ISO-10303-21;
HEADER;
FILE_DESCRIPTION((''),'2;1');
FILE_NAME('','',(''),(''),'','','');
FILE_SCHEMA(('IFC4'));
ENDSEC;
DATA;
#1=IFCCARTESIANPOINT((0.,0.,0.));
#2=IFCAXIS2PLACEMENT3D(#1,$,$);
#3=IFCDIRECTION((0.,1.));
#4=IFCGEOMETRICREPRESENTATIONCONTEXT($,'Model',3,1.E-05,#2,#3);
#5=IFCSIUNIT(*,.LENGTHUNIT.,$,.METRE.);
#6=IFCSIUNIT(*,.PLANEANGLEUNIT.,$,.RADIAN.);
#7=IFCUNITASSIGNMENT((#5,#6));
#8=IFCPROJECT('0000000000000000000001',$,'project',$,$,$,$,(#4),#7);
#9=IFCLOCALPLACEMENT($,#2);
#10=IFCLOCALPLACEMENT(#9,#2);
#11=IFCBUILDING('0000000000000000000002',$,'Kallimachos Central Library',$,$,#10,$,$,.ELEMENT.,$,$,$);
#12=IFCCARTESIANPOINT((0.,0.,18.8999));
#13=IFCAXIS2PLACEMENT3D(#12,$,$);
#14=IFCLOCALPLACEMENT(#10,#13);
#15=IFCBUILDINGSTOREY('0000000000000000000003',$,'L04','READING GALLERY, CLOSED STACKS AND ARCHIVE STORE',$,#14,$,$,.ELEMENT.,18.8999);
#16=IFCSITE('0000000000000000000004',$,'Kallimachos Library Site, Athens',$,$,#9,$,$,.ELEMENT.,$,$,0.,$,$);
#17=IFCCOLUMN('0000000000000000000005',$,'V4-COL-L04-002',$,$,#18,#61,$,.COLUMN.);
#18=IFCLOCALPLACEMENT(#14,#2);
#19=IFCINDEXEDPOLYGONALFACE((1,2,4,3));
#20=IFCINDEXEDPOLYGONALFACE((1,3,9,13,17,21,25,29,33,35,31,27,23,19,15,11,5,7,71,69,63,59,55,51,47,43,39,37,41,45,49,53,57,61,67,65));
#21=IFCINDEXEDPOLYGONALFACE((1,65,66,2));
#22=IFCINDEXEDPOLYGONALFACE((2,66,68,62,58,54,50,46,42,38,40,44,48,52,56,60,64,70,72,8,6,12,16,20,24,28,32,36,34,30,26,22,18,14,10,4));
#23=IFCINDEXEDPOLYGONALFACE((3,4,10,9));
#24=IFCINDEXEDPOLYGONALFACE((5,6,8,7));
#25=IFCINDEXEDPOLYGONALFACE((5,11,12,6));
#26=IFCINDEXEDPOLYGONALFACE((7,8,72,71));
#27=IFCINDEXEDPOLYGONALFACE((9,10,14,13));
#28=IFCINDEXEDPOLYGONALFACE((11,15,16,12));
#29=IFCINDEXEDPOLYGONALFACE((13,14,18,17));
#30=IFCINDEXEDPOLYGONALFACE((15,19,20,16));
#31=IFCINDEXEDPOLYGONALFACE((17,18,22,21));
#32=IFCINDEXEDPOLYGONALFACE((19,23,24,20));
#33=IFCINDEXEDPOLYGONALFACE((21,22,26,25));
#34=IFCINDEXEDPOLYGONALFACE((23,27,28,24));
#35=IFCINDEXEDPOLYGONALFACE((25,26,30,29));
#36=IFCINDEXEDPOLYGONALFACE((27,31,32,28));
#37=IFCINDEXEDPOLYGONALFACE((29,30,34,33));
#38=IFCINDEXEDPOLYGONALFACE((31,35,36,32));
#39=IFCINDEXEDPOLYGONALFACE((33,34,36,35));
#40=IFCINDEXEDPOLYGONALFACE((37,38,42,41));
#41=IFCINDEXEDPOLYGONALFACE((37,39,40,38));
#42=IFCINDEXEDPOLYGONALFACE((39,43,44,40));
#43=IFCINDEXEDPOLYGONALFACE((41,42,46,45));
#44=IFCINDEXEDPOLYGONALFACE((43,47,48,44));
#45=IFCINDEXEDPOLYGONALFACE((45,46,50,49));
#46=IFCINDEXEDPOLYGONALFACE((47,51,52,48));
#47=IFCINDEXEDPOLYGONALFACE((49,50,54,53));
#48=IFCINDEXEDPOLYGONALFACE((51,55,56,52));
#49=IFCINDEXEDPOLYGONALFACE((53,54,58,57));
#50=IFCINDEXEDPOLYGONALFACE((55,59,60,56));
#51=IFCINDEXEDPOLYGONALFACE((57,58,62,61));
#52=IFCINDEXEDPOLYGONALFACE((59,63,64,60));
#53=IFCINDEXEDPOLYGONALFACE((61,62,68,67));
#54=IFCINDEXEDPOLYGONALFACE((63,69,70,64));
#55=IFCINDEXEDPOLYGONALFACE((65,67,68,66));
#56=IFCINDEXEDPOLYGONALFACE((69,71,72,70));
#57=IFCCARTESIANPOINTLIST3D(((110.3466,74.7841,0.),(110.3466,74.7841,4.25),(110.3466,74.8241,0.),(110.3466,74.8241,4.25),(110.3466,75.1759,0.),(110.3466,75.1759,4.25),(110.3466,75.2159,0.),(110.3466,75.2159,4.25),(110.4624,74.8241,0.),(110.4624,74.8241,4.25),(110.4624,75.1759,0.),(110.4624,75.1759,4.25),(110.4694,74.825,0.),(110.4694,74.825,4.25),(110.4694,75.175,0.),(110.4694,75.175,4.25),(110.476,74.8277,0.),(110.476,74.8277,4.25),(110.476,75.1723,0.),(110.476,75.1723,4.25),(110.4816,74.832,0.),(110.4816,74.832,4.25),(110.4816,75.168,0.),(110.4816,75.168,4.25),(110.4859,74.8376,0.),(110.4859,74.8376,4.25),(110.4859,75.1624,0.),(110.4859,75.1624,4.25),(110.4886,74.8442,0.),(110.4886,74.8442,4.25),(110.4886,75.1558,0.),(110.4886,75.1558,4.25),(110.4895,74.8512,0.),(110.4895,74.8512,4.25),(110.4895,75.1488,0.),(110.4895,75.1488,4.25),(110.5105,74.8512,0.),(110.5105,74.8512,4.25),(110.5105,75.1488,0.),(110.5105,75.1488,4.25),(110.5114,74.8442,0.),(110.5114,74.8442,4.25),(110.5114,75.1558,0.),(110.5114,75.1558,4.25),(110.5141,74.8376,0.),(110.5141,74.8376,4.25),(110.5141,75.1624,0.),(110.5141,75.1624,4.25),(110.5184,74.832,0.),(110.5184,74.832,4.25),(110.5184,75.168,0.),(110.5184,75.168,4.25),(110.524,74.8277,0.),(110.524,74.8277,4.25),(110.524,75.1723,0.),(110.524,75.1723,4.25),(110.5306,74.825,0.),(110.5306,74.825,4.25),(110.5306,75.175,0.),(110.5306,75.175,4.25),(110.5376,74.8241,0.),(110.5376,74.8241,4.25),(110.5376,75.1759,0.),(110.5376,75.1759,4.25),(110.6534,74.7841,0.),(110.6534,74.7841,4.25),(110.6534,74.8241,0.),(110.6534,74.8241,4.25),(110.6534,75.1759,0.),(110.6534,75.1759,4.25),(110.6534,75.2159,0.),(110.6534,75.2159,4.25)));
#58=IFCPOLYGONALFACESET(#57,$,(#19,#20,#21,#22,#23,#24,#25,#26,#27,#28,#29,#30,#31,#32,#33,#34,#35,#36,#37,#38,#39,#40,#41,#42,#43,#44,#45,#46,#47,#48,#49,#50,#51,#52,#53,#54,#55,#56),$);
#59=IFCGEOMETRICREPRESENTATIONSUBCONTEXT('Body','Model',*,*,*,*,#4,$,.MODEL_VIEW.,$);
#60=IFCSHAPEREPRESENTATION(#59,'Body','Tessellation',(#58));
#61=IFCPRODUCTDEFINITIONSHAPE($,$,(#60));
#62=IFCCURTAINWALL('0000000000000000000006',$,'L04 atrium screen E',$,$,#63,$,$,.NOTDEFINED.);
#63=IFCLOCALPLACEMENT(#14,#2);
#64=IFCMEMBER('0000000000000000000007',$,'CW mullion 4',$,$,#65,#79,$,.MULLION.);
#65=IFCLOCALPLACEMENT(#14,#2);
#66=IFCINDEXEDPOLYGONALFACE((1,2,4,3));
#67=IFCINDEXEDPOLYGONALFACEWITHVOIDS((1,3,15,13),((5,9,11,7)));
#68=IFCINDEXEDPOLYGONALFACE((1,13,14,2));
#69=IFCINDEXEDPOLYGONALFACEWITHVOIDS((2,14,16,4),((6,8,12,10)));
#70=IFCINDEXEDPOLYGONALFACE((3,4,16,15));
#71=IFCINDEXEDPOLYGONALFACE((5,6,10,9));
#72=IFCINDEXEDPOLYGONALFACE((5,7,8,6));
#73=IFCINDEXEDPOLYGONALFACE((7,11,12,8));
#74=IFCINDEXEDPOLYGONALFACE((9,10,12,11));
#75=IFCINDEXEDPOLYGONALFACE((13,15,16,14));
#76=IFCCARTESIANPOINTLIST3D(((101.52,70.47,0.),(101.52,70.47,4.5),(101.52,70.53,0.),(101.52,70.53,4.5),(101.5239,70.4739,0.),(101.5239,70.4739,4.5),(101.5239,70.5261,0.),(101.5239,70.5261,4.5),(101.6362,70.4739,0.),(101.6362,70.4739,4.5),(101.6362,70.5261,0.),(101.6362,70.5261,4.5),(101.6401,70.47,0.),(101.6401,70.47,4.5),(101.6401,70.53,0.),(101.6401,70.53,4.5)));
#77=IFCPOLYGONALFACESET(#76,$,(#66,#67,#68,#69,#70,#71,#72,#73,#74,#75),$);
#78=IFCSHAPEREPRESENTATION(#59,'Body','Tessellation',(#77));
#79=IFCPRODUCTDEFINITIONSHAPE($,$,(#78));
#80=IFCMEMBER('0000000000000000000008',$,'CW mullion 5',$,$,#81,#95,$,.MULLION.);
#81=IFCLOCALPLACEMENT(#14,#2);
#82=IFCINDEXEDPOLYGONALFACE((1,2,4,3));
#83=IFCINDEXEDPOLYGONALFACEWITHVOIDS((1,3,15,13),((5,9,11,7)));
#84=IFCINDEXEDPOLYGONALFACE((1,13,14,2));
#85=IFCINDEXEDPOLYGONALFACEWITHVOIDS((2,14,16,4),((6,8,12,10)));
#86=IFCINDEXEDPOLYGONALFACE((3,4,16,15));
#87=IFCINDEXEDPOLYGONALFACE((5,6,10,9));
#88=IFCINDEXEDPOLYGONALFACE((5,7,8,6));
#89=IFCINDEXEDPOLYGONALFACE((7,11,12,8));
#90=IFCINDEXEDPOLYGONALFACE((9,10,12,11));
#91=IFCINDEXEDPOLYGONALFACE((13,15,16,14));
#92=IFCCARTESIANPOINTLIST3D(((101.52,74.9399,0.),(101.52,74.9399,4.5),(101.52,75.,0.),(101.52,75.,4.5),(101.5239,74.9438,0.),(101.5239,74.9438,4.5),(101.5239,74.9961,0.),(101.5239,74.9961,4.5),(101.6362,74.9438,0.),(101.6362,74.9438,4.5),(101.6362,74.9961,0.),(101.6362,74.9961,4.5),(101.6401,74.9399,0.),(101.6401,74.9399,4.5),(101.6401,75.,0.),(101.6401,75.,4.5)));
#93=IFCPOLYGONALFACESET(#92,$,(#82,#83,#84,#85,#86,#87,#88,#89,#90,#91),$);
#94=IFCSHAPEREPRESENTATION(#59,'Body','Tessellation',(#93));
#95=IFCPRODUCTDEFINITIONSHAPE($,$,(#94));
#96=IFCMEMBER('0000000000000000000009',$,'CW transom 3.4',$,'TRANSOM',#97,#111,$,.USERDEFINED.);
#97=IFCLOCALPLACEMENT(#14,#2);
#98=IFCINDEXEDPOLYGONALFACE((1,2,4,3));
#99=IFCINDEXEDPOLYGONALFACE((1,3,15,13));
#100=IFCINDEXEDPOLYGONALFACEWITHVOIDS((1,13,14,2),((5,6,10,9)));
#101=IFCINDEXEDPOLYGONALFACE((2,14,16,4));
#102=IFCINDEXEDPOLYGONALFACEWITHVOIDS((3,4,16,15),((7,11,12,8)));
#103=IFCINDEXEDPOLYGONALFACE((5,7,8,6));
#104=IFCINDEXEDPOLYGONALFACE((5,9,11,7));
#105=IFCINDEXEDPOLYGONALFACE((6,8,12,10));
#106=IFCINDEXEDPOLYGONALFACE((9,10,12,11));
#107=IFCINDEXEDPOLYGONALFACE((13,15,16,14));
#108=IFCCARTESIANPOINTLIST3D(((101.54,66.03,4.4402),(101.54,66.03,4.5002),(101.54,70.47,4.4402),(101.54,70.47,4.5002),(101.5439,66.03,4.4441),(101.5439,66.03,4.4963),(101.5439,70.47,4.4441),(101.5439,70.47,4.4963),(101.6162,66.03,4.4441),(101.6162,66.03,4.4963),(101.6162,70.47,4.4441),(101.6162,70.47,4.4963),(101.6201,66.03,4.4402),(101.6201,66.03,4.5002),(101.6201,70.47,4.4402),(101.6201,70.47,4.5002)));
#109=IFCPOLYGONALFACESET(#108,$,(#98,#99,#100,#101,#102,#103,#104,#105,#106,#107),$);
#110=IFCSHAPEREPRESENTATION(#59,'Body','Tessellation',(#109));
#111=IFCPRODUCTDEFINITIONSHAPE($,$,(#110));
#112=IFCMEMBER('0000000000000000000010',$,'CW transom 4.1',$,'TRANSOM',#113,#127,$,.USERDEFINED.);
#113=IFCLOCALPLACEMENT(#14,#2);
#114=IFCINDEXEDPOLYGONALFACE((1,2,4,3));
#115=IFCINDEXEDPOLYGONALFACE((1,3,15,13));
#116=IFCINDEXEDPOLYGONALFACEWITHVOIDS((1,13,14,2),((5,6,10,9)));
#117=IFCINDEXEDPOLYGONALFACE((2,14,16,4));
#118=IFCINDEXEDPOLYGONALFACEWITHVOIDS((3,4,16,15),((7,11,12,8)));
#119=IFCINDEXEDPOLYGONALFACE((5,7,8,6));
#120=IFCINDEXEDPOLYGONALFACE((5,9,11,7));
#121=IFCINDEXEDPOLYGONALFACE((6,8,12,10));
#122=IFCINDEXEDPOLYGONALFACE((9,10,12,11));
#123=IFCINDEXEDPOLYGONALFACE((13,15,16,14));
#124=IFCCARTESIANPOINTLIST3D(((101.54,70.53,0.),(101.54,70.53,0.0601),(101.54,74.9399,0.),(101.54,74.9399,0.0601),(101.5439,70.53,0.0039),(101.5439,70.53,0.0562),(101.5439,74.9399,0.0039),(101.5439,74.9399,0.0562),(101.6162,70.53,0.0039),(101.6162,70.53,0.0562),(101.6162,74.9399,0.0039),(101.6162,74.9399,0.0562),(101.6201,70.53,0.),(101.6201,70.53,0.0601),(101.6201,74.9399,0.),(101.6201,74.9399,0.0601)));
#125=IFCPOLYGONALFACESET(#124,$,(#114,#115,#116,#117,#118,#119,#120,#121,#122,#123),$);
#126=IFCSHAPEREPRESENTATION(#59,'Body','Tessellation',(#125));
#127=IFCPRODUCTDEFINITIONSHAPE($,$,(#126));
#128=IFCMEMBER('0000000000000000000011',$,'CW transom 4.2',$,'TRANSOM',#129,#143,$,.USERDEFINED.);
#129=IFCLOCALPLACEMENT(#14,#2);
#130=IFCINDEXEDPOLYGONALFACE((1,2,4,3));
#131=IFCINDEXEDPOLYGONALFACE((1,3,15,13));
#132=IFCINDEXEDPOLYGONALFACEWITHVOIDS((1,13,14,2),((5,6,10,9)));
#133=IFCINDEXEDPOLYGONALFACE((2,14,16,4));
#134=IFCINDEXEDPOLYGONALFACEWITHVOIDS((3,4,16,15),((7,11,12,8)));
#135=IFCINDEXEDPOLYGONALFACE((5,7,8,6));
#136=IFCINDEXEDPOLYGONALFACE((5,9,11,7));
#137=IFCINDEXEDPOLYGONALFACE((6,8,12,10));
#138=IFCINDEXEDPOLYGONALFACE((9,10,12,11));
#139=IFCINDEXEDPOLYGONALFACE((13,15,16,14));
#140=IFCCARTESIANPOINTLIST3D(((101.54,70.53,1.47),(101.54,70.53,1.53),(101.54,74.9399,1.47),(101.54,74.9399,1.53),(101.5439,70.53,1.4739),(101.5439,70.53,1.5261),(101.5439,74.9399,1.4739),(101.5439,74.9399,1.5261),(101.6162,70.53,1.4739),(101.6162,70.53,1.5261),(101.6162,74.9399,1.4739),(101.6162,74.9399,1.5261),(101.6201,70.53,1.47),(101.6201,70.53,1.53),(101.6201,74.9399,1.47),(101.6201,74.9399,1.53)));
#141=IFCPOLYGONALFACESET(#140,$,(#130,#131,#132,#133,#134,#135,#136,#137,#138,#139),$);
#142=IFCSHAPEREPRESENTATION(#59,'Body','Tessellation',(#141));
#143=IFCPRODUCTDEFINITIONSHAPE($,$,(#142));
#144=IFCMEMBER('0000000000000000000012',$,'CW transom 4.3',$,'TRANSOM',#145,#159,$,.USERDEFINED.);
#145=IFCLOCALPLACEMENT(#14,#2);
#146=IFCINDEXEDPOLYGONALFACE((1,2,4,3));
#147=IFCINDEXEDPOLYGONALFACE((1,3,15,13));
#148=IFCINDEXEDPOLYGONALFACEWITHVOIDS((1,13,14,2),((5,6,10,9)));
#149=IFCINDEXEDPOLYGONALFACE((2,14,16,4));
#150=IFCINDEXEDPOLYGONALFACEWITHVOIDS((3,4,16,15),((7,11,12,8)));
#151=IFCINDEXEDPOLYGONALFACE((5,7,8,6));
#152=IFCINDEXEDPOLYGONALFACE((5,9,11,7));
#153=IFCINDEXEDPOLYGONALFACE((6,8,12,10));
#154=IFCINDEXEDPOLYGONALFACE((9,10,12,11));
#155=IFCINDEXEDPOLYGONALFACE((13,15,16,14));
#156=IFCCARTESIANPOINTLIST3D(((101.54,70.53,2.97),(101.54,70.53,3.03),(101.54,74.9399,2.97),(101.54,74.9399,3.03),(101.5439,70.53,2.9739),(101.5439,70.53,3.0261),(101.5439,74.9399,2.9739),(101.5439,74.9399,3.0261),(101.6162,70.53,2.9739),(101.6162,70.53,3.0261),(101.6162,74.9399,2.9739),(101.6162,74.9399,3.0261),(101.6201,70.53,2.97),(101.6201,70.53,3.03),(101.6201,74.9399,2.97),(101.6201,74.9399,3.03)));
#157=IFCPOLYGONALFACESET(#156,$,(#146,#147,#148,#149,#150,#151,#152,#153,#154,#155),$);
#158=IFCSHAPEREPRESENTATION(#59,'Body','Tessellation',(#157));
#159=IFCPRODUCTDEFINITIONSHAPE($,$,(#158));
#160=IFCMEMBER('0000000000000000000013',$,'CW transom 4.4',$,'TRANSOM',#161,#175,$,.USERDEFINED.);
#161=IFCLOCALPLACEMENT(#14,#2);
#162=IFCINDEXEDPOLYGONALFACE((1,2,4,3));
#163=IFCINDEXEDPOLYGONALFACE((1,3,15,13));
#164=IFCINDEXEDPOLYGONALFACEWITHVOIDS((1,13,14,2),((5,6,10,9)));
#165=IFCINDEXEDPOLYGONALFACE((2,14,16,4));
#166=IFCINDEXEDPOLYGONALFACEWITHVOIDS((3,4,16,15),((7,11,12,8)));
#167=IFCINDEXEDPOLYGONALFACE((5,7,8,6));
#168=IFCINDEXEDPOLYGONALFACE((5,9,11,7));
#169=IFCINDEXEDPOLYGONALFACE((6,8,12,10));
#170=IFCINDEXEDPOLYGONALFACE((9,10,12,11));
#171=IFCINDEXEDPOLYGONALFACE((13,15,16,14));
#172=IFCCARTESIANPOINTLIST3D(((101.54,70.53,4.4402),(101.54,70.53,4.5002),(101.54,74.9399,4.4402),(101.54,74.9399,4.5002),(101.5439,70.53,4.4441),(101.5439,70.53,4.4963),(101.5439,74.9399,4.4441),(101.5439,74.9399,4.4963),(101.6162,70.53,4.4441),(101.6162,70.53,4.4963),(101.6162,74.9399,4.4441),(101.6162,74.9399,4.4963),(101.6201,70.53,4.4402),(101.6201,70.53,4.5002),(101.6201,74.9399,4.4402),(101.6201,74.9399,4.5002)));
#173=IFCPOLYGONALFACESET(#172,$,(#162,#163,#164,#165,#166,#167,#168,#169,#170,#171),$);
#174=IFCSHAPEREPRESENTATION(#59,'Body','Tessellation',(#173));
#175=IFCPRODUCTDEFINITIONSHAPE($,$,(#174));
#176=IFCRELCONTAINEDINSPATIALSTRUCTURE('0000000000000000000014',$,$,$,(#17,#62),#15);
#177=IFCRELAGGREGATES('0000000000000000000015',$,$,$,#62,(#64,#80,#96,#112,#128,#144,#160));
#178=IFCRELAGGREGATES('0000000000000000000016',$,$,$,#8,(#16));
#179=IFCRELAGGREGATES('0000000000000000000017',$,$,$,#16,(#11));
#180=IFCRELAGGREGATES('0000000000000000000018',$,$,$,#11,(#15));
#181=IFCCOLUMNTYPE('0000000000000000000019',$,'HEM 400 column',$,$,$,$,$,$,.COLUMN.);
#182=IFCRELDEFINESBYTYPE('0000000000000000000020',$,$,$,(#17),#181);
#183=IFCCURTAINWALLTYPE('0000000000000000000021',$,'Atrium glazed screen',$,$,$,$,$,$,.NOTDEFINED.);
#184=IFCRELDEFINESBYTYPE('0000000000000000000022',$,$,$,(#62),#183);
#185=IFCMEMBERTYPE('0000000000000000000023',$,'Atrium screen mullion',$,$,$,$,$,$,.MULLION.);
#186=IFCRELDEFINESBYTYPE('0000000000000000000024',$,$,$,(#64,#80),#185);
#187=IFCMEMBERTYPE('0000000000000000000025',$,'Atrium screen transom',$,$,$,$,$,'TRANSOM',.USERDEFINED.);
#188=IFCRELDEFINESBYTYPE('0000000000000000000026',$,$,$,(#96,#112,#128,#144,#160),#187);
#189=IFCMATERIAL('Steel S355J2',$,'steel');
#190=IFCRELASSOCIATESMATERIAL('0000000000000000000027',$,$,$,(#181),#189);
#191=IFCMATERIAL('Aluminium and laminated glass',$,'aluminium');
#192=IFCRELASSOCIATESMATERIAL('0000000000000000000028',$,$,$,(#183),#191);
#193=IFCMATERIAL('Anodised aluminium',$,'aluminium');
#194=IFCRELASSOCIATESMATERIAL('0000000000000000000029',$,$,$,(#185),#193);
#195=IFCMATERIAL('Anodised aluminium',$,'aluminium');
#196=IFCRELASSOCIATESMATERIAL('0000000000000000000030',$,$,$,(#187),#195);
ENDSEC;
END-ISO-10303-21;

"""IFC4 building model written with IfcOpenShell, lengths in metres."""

from ifc_helpers import new_model, si_unit, direction, frame, origin, origin_2d, place, context, subcontext, project, spatial, hollow_rectangle, i_section, extrude, material, material_profile, profile_set, type_object, element, aggregate, save


model = new_model("IFC4")

# Units and contexts
model_context = context("Model", 3, precision=1e-05, world=origin(), true_north=direction((0.0, 1.0)))
body_context = subcontext(model_context, "Body", "Model", "MODEL_VIEW")
ifc_project = project(units=[si_unit("LENGTHUNIT", "METRE"), si_unit("PLANEANGLEUNIT", "RADIAN")], contexts=[model_context])

# Site, building, storey
site_placement = place(None, origin())
site = spatial("IfcSite", under=ifc_project, at=site_placement, Name="Kallimachos Library Site, Athens", CompositionType="ELEMENT", RefElevation=0.0)
building_placement = place(site_placement, origin())
building = spatial("IfcBuilding", under=site, at=building_placement, Name="Kallimachos Central Library", CompositionType="ELEMENT")
storey_placement = place(building_placement, frame((0.0, 0.0, 18.8999)))
storey = spatial("IfcBuildingStorey", under=building, at=storey_placement, Name="L04", Description="READING GALLERY, CLOSED STACKS AND ARCHIVE STORE", CompositionType="ELEMENT", Elevation=18.8999)

# Column
ifc_material_1 = material(Name="Steel S355J2", Category="steel")
ifc_material_profile_1 = material_profile(ifc_material_1, i_section(OverallWidth=0.3069, OverallDepth=0.4319, WebThickness=0.021, FlangeThickness=0.04, FilletRadius=0.0271, at=origin_2d()), Name="HEM 400")
ifc_profile_set_1 = profile_set([ifc_material_profile_1], Name="Steel S355J2")
column_type = type_object("IfcColumnType", Name="HEM 400 column", PredefinedType="COLUMN", material=ifc_profile_set_1)
column_placement = place(storey_placement, frame((110.5, 75.0, 0.0), z_axis=(0.0, 0.0, 1.0), x_axis=(1.0, 0.0, 0.0)))
element("IfcColumn", 1, at=column_placement, inside=storey, type_object=column_type, Name="V4-COL-L04-002", PredefinedType="COLUMN", context=body_context, shape_type="SweptSolid", body=[
    extrude(i_section(OverallWidth=0.3069, OverallDepth=0.4319, WebThickness=0.021, FlangeThickness=0.04, FilletRadius=0.0271, at=origin_2d()), origin(), (0.0, 0.0, 1.0), 4.25),
])

# Curtain wall, members
ifc_material_2 = material(Name="Aluminium and laminated glass", Category="aluminium")
curtain_wall_type = type_object("IfcCurtainWallType", Name="Atrium glazed screen", PredefinedType="NOTDEFINED", material=ifc_material_2)
curtain_wall_placement = place(storey_placement, origin())
curtain_wall = element("IfcCurtainWall", 2, at=curtain_wall_placement, inside=storey, type_object=curtain_wall_type, Name="L04 atrium screen E", PredefinedType="NOTDEFINED")
ifc_material_3 = material(Name="Anodised aluminium", Category="aluminium")
ifc_material_profile_2 = material_profile(ifc_material_3, hollow_rectangle(XDim=0.0601, YDim=0.1201, WallThickness=0.0039, at=origin_2d()), Name="ALU MULLION 60x120")
ifc_profile_set_2 = profile_set([ifc_material_profile_2], Name="Anodised aluminium")
member_type_1 = type_object("IfcMemberType", Name="Atrium screen mullion", PredefinedType="MULLION", material=ifc_profile_set_2)
member_1_placement = place(storey_placement, frame((101.5801, 70.5, 0.0), z_axis=(0.0, 0.0, 1.0), x_axis=(0.0, 1.0, 0.0)))
member_1 = element("IfcMember", 3, at=member_1_placement, type_object=member_type_1, Name="CW mullion 4", PredefinedType="MULLION", context=body_context, shape_type="SweptSolid", body=[
    extrude(hollow_rectangle(XDim=0.0601, YDim=0.1201, WallThickness=0.0039, at=origin_2d()), origin(), (0.0, 0.0, 1.0), 4.5),
])
member_2_placement = place(storey_placement, frame((101.5801, 74.97, 0.0), z_axis=(0.0, 0.0, 1.0), x_axis=(0.0, 1.0, 0.0)))
member_2 = element("IfcMember", 4, at=member_2_placement, type_object=member_type_1, Name="CW mullion 5", PredefinedType="MULLION", context=body_context, shape_type="SweptSolid", body=[
    extrude(hollow_rectangle(XDim=0.0601, YDim=0.1201, WallThickness=0.0039, at=origin_2d()), origin(), (0.0, 0.0, 1.0), 4.5),
])
ifc_material_4 = material(Name="Anodised aluminium", Category="aluminium")
ifc_material_profile_3 = material_profile(ifc_material_4, hollow_rectangle(XDim=0.0601, YDim=0.0801, WallThickness=0.0039, at=origin_2d()), Name="ALU TRANSOM 60x80")
ifc_profile_set_3 = profile_set([ifc_material_profile_3], Name="Anodised aluminium")
member_type_2 = type_object("IfcMemberType", Name="Atrium screen transom", ElementType="TRANSOM", PredefinedType="USERDEFINED", material=ifc_profile_set_3)
member_3_placement = place(storey_placement, frame((101.5801, 66.03, 4.4702), z_axis=(0.0, 1.0, 0.0), x_axis=(0.0, 0.0, 1.0)))
member_3 = element("IfcMember", 5, at=member_3_placement, type_object=member_type_2, Name="CW transom 3.4", ObjectType="TRANSOM", PredefinedType="USERDEFINED", context=body_context, shape_type="SweptSolid", body=[
    extrude(hollow_rectangle(XDim=0.0601, YDim=0.0801, WallThickness=0.0039, at=origin_2d()), origin(), (0.0, 0.0, 1.0), 4.4399),
])
member_4_placement = place(storey_placement, frame((101.5801, 70.53, 0.03), z_axis=(0.0, 1.0, 0.0), x_axis=(0.0, 0.0, 1.0)))
member_4 = element("IfcMember", 6, at=member_4_placement, type_object=member_type_2, Name="CW transom 4.1", ObjectType="TRANSOM", PredefinedType="USERDEFINED", context=body_context, shape_type="SweptSolid", body=[
    extrude(hollow_rectangle(XDim=0.0601, YDim=0.0801, WallThickness=0.0039, at=origin_2d()), origin(), (0.0, 0.0, 1.0), 4.4099),
])
member_5_placement = place(storey_placement, frame((101.5801, 70.53, 1.5), z_axis=(0.0, 1.0, 0.0), x_axis=(0.0, 0.0, 1.0)))
member_5 = element("IfcMember", 7, at=member_5_placement, type_object=member_type_2, Name="CW transom 4.2", ObjectType="TRANSOM", PredefinedType="USERDEFINED", context=body_context, shape_type="SweptSolid", body=[
    extrude(hollow_rectangle(XDim=0.0601, YDim=0.0801, WallThickness=0.0039, at=origin_2d()), origin(), (0.0, 0.0, 1.0), 4.4099),
])
member_6_placement = place(storey_placement, frame((101.5801, 70.53, 3.0), z_axis=(0.0, 1.0, 0.0), x_axis=(0.0, 0.0, 1.0)))
member_6 = element("IfcMember", 8, at=member_6_placement, type_object=member_type_2, Name="CW transom 4.3", ObjectType="TRANSOM", PredefinedType="USERDEFINED", context=body_context, shape_type="SweptSolid", body=[
    extrude(hollow_rectangle(XDim=0.0601, YDim=0.0801, WallThickness=0.0039, at=origin_2d()), origin(), (0.0, 0.0, 1.0), 4.4099),
])
member_7_placement = place(storey_placement, frame((101.5801, 70.53, 4.4702), z_axis=(0.0, 1.0, 0.0), x_axis=(0.0, 0.0, 1.0)))
member_7 = element("IfcMember", 9, at=member_7_placement, type_object=member_type_2, Name="CW transom 4.4", ObjectType="TRANSOM", PredefinedType="USERDEFINED", context=body_context, shape_type="SweptSolid", body=[
    extrude(hollow_rectangle(XDim=0.0601, YDim=0.0801, WallThickness=0.0039, at=origin_2d()), origin(), (0.0, 0.0, 1.0), 4.4099),
])

aggregate(curtain_wall, [member_1, member_2, member_3, member_4, member_5, member_6, member_7])

save(model, "model.ifc")
